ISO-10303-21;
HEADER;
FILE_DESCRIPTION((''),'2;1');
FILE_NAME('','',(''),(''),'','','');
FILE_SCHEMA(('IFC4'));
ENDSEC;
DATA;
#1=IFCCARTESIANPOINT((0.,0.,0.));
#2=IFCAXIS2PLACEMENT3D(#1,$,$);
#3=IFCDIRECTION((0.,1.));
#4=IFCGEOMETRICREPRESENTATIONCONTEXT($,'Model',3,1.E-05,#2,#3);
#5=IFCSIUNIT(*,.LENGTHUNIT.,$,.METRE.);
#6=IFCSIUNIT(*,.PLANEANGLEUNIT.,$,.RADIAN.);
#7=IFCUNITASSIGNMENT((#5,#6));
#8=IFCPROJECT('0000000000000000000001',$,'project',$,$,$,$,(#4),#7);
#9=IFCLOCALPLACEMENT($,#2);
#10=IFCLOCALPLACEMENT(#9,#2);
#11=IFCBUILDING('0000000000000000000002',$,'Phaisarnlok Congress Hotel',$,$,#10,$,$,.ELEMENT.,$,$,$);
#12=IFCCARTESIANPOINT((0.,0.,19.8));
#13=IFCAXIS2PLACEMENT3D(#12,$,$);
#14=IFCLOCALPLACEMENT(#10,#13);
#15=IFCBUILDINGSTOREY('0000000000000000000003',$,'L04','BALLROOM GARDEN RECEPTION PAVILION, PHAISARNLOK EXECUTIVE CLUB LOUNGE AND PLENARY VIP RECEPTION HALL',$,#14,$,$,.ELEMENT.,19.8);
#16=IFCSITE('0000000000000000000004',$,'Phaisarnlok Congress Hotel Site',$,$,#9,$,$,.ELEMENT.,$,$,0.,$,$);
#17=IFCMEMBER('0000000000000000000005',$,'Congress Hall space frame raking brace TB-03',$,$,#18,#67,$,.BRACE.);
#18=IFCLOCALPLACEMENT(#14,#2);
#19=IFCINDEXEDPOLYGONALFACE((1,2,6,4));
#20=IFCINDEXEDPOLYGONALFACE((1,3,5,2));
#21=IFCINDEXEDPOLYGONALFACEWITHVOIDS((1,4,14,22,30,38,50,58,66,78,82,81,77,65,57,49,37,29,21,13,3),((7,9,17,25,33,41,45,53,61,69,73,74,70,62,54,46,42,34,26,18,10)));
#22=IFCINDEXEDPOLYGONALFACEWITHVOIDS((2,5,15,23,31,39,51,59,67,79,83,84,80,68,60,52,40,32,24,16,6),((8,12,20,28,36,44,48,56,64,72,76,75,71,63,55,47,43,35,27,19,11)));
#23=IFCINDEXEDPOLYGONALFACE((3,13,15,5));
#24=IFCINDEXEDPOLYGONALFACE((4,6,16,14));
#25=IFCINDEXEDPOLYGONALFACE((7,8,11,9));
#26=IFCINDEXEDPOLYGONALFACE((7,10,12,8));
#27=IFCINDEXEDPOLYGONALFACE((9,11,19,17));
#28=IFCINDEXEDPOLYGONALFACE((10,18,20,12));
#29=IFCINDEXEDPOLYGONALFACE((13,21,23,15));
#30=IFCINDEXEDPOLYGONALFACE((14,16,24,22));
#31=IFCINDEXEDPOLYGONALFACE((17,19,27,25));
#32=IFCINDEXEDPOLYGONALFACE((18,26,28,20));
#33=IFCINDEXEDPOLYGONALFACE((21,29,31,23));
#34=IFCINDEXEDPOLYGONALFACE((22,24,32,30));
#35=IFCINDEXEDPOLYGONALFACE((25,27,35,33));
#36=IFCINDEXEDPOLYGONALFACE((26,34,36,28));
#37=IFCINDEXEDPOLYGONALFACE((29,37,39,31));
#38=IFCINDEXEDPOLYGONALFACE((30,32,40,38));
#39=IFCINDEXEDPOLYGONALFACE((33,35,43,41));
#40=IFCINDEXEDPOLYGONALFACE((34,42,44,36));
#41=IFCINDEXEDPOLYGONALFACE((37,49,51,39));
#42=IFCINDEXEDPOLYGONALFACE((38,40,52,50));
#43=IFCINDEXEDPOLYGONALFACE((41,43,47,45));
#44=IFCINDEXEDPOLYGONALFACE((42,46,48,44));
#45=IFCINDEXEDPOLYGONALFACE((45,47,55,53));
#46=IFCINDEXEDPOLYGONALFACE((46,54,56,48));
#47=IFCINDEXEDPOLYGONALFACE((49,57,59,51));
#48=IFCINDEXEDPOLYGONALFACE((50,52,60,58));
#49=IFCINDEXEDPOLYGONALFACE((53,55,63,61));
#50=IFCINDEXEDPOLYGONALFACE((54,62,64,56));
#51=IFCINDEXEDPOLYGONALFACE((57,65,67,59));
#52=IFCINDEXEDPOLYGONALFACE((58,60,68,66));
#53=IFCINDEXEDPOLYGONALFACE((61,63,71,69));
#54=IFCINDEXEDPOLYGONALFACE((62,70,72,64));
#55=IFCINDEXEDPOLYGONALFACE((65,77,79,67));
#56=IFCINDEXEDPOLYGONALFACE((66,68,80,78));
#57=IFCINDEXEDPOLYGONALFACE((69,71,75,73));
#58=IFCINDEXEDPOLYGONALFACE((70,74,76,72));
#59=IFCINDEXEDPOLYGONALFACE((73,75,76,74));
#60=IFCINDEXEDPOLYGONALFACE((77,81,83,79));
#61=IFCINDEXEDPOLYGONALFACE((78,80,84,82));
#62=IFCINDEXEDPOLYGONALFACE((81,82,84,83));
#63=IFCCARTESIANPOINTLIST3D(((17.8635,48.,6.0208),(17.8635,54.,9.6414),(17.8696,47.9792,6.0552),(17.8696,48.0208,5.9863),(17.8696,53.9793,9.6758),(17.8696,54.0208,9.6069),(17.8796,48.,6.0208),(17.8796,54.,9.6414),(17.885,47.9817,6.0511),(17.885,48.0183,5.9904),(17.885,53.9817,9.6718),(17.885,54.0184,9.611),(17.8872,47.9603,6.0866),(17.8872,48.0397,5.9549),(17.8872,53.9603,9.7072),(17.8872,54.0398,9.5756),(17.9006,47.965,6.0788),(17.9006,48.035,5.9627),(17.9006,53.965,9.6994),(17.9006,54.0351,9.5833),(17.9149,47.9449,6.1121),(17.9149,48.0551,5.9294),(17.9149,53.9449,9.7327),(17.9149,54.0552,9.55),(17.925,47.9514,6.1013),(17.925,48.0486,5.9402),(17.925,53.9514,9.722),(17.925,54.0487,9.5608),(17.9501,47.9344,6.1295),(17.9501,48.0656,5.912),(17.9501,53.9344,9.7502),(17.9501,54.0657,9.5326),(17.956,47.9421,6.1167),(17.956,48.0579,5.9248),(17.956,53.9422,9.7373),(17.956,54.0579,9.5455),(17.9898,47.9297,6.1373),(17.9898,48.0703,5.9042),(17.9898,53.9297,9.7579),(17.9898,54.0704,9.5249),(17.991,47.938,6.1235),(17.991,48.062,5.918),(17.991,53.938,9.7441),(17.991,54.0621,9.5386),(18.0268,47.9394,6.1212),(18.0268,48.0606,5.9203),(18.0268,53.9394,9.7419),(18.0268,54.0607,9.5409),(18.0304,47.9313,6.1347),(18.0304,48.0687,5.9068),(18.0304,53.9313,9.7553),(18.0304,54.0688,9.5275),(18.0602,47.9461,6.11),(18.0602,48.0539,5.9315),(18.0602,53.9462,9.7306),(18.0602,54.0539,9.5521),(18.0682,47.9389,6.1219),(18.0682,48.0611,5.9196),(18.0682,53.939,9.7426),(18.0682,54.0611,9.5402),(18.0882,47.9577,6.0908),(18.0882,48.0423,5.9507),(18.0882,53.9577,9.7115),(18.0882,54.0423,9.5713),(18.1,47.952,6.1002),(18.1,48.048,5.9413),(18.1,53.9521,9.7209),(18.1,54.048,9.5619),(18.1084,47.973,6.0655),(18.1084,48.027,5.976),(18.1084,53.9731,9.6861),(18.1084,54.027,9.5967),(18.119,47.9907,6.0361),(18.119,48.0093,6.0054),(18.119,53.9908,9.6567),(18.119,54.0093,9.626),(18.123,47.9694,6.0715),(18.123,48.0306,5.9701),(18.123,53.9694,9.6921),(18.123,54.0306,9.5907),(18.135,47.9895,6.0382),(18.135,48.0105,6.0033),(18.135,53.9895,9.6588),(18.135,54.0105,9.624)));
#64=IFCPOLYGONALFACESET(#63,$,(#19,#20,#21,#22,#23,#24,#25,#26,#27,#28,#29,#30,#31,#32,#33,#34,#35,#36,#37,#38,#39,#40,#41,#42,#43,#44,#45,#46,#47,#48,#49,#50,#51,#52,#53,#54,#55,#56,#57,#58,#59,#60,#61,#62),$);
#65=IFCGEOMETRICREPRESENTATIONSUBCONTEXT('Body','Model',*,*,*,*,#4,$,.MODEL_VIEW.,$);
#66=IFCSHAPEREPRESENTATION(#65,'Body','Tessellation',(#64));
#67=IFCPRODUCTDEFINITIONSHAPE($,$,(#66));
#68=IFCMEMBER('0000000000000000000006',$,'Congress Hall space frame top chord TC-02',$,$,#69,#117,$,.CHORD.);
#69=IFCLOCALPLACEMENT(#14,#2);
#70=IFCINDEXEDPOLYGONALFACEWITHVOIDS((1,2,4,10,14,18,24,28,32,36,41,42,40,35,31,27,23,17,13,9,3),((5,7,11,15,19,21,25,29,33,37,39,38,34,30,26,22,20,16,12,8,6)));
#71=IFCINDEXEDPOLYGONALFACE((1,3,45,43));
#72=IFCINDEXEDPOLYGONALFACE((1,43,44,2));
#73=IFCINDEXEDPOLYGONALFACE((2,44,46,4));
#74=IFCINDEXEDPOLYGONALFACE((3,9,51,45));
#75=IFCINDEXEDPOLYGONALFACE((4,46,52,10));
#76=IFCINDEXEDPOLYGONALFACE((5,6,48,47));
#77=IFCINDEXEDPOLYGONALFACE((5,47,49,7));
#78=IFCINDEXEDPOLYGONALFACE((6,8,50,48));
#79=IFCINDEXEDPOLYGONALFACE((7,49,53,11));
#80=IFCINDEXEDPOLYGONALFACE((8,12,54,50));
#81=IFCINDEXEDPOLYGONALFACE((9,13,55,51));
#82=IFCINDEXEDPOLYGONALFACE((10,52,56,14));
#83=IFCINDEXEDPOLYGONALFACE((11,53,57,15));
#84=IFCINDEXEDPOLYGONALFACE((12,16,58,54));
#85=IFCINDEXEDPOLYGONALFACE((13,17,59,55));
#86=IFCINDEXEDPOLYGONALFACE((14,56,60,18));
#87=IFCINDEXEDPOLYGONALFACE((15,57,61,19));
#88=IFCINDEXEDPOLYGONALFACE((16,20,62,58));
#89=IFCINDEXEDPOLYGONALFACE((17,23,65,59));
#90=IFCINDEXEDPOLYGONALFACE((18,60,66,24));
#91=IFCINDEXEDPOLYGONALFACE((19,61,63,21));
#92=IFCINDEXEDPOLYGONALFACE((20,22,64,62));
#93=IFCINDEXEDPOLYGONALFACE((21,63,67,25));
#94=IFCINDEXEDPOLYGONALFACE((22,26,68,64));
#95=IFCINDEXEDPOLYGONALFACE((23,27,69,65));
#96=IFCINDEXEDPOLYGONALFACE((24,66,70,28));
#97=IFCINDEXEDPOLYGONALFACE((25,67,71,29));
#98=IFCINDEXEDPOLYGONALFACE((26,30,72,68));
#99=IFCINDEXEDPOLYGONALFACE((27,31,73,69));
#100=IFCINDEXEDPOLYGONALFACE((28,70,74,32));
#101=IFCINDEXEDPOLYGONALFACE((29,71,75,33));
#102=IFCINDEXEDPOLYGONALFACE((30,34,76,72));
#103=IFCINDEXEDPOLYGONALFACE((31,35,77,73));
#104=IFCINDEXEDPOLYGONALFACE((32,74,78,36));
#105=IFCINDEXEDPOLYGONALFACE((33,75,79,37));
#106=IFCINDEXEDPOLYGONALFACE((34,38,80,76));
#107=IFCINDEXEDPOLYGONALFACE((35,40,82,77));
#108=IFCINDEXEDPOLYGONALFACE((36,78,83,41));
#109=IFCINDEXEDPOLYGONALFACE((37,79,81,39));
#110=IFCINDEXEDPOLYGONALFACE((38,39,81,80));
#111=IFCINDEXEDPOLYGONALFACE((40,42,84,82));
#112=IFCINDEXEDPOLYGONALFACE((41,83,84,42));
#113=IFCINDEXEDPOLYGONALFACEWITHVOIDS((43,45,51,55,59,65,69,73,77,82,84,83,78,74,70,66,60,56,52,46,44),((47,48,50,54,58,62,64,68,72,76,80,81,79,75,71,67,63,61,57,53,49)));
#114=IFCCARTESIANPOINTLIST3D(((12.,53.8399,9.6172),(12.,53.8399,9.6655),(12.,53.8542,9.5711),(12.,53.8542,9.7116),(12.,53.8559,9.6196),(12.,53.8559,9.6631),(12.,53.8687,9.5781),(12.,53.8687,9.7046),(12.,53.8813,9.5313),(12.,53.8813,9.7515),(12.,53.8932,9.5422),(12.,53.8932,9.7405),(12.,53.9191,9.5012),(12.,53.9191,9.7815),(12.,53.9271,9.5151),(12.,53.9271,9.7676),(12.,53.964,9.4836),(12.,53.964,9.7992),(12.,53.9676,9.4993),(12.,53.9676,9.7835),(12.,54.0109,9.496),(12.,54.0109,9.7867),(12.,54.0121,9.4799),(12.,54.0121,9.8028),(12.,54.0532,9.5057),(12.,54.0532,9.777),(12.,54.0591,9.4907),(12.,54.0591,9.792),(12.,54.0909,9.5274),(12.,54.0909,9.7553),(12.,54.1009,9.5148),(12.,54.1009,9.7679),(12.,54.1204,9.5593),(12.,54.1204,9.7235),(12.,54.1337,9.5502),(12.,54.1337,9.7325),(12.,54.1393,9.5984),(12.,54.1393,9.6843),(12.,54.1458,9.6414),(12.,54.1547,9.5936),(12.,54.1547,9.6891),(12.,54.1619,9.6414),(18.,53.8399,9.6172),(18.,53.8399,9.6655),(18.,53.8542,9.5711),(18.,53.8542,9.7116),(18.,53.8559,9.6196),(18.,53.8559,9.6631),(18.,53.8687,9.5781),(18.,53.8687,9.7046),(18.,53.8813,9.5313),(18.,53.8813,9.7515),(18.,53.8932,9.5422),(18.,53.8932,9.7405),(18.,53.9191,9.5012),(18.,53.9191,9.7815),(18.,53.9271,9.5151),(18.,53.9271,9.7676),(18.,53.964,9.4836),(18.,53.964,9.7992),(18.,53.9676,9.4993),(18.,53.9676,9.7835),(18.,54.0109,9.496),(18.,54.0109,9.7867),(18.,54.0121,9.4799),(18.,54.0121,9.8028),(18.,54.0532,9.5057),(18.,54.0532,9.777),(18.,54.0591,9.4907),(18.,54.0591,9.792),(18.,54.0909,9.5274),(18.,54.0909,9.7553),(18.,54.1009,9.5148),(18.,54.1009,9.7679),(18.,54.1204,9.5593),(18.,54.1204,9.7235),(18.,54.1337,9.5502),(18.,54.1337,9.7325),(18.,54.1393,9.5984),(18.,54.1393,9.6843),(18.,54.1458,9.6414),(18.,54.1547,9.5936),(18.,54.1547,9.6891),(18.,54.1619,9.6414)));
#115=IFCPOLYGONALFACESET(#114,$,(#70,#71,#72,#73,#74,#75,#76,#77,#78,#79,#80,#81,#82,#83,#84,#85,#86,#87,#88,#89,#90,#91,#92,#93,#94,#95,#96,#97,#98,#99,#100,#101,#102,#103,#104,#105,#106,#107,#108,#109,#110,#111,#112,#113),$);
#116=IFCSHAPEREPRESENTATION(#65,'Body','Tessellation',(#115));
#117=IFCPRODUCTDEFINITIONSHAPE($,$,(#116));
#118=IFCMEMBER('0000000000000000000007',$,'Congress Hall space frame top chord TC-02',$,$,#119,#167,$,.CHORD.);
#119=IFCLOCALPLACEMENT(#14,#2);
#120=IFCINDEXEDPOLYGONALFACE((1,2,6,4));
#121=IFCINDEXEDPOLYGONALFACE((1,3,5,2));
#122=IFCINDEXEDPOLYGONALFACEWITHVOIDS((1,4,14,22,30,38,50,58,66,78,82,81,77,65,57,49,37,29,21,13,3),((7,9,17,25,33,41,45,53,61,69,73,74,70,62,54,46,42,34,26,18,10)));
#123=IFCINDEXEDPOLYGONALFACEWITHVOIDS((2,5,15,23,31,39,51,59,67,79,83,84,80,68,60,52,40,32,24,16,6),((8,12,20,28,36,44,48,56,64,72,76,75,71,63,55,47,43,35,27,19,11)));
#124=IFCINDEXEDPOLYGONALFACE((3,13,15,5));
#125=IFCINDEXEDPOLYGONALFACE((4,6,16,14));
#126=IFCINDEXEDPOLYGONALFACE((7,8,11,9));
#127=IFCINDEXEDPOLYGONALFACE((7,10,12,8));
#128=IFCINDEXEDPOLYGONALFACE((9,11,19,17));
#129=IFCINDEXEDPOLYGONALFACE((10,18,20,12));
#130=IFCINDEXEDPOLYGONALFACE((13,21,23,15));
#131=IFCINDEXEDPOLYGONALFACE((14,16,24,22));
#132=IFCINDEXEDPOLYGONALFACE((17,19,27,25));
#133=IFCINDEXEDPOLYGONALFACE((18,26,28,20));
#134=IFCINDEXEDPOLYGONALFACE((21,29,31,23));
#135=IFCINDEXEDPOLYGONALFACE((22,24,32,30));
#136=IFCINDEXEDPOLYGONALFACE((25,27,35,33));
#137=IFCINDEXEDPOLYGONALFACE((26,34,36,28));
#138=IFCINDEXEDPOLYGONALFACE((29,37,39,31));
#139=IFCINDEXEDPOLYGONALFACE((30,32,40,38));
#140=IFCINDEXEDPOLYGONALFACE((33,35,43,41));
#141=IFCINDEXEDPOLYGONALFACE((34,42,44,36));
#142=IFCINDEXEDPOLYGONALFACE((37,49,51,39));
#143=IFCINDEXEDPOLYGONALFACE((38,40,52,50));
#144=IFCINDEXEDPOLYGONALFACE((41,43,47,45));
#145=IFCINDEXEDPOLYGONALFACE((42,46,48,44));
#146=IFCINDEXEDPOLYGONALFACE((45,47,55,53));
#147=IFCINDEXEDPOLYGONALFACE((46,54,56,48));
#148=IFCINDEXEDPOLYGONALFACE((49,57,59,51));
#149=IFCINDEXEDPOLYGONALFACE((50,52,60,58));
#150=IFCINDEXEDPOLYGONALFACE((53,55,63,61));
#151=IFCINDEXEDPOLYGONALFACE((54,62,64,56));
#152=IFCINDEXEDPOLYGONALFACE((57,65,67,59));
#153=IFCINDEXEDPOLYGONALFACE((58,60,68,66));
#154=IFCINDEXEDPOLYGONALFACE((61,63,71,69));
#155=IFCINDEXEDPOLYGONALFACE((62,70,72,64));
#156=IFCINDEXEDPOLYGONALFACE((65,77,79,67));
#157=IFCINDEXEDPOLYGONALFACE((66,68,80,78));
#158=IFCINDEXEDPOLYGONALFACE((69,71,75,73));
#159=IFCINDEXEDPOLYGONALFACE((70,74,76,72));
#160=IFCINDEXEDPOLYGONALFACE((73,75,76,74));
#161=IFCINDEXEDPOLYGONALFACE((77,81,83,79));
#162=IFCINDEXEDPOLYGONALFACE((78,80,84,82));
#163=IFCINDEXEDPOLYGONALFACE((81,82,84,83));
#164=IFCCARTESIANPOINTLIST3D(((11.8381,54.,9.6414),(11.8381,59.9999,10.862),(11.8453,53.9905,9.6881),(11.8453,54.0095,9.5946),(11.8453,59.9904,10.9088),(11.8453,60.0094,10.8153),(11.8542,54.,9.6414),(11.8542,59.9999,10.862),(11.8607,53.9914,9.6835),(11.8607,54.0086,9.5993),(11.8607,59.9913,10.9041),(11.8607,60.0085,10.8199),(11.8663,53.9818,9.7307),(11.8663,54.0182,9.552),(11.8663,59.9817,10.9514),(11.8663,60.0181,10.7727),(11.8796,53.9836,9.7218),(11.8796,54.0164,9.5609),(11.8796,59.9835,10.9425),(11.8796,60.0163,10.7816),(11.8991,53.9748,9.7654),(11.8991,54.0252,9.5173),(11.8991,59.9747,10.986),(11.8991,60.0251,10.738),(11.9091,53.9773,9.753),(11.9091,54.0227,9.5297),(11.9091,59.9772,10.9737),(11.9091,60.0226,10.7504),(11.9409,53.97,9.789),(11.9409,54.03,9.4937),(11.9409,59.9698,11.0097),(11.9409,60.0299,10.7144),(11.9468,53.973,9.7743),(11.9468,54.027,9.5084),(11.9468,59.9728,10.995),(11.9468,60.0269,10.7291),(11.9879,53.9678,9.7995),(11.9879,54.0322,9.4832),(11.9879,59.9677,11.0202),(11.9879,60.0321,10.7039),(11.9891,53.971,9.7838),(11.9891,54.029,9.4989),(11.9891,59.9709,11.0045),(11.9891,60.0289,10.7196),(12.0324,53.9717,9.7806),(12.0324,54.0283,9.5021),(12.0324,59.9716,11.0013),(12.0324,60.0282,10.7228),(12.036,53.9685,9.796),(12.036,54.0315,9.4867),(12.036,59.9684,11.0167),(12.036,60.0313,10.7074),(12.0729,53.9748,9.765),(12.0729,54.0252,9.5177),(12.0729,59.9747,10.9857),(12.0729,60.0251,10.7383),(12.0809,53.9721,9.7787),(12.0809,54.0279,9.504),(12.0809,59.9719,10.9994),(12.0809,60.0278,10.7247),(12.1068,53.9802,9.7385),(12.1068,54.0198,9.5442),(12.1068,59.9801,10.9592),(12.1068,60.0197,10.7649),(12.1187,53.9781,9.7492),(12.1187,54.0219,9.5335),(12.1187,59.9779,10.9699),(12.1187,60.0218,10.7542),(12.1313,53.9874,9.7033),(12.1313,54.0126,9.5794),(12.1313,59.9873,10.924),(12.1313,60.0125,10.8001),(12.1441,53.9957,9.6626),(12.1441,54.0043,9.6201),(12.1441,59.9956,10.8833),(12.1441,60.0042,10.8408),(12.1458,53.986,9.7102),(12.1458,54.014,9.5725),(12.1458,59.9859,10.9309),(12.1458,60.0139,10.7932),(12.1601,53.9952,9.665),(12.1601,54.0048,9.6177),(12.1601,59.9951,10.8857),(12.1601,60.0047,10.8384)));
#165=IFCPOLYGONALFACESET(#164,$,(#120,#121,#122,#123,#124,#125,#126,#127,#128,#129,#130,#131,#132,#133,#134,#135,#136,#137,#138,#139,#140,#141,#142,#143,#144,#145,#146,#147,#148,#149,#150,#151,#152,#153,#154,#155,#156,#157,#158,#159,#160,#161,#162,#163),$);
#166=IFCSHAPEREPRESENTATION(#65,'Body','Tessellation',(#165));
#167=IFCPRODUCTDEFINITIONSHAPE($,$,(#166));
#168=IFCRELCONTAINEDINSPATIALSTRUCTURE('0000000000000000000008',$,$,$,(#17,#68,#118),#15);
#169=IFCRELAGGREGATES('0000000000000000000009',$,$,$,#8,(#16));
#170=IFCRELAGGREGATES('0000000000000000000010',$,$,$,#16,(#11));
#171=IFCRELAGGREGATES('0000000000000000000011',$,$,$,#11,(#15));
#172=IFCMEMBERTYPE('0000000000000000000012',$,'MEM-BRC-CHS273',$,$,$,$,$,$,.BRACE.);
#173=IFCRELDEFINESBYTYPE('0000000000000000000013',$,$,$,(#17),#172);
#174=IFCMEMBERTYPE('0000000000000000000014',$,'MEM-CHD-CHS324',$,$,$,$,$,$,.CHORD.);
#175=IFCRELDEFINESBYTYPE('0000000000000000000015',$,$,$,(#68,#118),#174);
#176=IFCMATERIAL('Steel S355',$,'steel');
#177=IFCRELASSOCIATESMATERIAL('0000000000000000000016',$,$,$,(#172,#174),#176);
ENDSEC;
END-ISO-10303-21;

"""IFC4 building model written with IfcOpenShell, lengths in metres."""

from ifc_helpers import new_model, si_unit, direction, frame, origin, origin_2d, place, context, subcontext, project, spatial, hollow_circle, extrude, material, material_profile, profile_set, type_object, element, save


model = new_model("IFC4")

# Units and contexts
model_context = context("Model", 3, precision=1e-05, world=origin(), true_north=direction((0.0, 1.0)))
body_context = subcontext(model_context, "Body", "Model", "MODEL_VIEW")
ifc_project = project(units=[si_unit("LENGTHUNIT", "METRE"), si_unit("PLANEANGLEUNIT", "RADIAN")], contexts=[model_context])

# Site, building, storey
site_placement = place(None, origin())
site = spatial("IfcSite", under=ifc_project, at=site_placement, Name="Phaisarnlok Congress Hotel Site", CompositionType="ELEMENT", RefElevation=0.0)
building_placement = place(site_placement, origin())
building = spatial("IfcBuilding", under=site, at=building_placement, Name="Phaisarnlok Congress Hotel", CompositionType="ELEMENT")
storey_placement = place(building_placement, frame((0.0, 0.0, 19.8)))
storey = spatial("IfcBuildingStorey", under=building, at=storey_placement, Name="L04", Description="BALLROOM GARDEN RECEPTION PAVILION, PHAISARNLOK EXECUTIVE CLUB LOUNGE AND PLENARY VIP RECEPTION HALL", CompositionType="ELEMENT", Elevation=19.8)

# Members
ifc_material = material(Name="Steel S355", Category="steel")
ifc_material_profile_1 = material_profile(ifc_material, hollow_circle(Radius=0.1365, WallThickness=0.0161, at=origin_2d()), Name="CHS 273x16")
ifc_profile_set_1 = profile_set([ifc_material_profile_1], Name="Steel S355")
member_type_1 = type_object("IfcMemberType", Name="MEM-BRC-CHS273", PredefinedType="BRACE", material=ifc_profile_set_1)
for number, where, z_axis, x_axis, name in (
    (1, (18.0, 48.0, 6.0208), (0.0, 0.856193, 0.516656), (-1.0, 0.0, 0.0), "Congress Hall space frame raking brace TB-03"),
):
    element("IfcMember", number, at=place(storey_placement, frame(where, z_axis=z_axis, x_axis=x_axis)), inside=storey, type_object=member_type_1, Name=name, PredefinedType="BRACE", context=body_context, shape_type="SweptSolid", body=[
        extrude(hollow_circle(Radius=0.1365, WallThickness=0.0161, at=origin_2d()), origin(), (0.0, 0.0, 1.0), 7.0078),
    ])
ifc_material_profile_2 = material_profile(ifc_material, hollow_circle(Radius=0.1619, WallThickness=0.0161, at=origin_2d()), Name="CHS 323.9x16")
ifc_profile_set_2 = profile_set([ifc_material_profile_2], Name="Steel S355")
member_type_2 = type_object("IfcMemberType", Name="MEM-CHD-CHS324", PredefinedType="CHORD", material=ifc_profile_set_2)
member_1_placement = place(storey_placement, frame((12.0, 54.0, 9.6414), z_axis=(1.0, 0.0, 0.0), x_axis=(0.0, 1.0, 0.0)))
element("IfcMember", 2, at=member_1_placement, inside=storey, type_object=member_type_2, Name="Congress Hall space frame top chord TC-02", PredefinedType="CHORD", context=body_context, shape_type="SweptSolid", body=[
    extrude(hollow_circle(Radius=0.1619, WallThickness=0.0161, at=origin_2d()), origin(), (0.0, 0.0, 1.0), 6.0),
])
member_2_placement = place(storey_placement, frame((12.0, 54.0, 9.6414), z_axis=(0.0, 0.979925, 0.199366), x_axis=(-1.0, 0.0, 0.0)))
element("IfcMember", 3, at=member_2_placement, inside=storey, type_object=member_type_2, Name="Congress Hall space frame top chord TC-02", PredefinedType="CHORD", context=body_context, shape_type="SweptSolid", body=[
    extrude(hollow_circle(Radius=0.1619, WallThickness=0.0161, at=origin_2d()), origin(), (0.0, 0.0, 1.0), 6.1228),
])

save(model, "model.ifc")
